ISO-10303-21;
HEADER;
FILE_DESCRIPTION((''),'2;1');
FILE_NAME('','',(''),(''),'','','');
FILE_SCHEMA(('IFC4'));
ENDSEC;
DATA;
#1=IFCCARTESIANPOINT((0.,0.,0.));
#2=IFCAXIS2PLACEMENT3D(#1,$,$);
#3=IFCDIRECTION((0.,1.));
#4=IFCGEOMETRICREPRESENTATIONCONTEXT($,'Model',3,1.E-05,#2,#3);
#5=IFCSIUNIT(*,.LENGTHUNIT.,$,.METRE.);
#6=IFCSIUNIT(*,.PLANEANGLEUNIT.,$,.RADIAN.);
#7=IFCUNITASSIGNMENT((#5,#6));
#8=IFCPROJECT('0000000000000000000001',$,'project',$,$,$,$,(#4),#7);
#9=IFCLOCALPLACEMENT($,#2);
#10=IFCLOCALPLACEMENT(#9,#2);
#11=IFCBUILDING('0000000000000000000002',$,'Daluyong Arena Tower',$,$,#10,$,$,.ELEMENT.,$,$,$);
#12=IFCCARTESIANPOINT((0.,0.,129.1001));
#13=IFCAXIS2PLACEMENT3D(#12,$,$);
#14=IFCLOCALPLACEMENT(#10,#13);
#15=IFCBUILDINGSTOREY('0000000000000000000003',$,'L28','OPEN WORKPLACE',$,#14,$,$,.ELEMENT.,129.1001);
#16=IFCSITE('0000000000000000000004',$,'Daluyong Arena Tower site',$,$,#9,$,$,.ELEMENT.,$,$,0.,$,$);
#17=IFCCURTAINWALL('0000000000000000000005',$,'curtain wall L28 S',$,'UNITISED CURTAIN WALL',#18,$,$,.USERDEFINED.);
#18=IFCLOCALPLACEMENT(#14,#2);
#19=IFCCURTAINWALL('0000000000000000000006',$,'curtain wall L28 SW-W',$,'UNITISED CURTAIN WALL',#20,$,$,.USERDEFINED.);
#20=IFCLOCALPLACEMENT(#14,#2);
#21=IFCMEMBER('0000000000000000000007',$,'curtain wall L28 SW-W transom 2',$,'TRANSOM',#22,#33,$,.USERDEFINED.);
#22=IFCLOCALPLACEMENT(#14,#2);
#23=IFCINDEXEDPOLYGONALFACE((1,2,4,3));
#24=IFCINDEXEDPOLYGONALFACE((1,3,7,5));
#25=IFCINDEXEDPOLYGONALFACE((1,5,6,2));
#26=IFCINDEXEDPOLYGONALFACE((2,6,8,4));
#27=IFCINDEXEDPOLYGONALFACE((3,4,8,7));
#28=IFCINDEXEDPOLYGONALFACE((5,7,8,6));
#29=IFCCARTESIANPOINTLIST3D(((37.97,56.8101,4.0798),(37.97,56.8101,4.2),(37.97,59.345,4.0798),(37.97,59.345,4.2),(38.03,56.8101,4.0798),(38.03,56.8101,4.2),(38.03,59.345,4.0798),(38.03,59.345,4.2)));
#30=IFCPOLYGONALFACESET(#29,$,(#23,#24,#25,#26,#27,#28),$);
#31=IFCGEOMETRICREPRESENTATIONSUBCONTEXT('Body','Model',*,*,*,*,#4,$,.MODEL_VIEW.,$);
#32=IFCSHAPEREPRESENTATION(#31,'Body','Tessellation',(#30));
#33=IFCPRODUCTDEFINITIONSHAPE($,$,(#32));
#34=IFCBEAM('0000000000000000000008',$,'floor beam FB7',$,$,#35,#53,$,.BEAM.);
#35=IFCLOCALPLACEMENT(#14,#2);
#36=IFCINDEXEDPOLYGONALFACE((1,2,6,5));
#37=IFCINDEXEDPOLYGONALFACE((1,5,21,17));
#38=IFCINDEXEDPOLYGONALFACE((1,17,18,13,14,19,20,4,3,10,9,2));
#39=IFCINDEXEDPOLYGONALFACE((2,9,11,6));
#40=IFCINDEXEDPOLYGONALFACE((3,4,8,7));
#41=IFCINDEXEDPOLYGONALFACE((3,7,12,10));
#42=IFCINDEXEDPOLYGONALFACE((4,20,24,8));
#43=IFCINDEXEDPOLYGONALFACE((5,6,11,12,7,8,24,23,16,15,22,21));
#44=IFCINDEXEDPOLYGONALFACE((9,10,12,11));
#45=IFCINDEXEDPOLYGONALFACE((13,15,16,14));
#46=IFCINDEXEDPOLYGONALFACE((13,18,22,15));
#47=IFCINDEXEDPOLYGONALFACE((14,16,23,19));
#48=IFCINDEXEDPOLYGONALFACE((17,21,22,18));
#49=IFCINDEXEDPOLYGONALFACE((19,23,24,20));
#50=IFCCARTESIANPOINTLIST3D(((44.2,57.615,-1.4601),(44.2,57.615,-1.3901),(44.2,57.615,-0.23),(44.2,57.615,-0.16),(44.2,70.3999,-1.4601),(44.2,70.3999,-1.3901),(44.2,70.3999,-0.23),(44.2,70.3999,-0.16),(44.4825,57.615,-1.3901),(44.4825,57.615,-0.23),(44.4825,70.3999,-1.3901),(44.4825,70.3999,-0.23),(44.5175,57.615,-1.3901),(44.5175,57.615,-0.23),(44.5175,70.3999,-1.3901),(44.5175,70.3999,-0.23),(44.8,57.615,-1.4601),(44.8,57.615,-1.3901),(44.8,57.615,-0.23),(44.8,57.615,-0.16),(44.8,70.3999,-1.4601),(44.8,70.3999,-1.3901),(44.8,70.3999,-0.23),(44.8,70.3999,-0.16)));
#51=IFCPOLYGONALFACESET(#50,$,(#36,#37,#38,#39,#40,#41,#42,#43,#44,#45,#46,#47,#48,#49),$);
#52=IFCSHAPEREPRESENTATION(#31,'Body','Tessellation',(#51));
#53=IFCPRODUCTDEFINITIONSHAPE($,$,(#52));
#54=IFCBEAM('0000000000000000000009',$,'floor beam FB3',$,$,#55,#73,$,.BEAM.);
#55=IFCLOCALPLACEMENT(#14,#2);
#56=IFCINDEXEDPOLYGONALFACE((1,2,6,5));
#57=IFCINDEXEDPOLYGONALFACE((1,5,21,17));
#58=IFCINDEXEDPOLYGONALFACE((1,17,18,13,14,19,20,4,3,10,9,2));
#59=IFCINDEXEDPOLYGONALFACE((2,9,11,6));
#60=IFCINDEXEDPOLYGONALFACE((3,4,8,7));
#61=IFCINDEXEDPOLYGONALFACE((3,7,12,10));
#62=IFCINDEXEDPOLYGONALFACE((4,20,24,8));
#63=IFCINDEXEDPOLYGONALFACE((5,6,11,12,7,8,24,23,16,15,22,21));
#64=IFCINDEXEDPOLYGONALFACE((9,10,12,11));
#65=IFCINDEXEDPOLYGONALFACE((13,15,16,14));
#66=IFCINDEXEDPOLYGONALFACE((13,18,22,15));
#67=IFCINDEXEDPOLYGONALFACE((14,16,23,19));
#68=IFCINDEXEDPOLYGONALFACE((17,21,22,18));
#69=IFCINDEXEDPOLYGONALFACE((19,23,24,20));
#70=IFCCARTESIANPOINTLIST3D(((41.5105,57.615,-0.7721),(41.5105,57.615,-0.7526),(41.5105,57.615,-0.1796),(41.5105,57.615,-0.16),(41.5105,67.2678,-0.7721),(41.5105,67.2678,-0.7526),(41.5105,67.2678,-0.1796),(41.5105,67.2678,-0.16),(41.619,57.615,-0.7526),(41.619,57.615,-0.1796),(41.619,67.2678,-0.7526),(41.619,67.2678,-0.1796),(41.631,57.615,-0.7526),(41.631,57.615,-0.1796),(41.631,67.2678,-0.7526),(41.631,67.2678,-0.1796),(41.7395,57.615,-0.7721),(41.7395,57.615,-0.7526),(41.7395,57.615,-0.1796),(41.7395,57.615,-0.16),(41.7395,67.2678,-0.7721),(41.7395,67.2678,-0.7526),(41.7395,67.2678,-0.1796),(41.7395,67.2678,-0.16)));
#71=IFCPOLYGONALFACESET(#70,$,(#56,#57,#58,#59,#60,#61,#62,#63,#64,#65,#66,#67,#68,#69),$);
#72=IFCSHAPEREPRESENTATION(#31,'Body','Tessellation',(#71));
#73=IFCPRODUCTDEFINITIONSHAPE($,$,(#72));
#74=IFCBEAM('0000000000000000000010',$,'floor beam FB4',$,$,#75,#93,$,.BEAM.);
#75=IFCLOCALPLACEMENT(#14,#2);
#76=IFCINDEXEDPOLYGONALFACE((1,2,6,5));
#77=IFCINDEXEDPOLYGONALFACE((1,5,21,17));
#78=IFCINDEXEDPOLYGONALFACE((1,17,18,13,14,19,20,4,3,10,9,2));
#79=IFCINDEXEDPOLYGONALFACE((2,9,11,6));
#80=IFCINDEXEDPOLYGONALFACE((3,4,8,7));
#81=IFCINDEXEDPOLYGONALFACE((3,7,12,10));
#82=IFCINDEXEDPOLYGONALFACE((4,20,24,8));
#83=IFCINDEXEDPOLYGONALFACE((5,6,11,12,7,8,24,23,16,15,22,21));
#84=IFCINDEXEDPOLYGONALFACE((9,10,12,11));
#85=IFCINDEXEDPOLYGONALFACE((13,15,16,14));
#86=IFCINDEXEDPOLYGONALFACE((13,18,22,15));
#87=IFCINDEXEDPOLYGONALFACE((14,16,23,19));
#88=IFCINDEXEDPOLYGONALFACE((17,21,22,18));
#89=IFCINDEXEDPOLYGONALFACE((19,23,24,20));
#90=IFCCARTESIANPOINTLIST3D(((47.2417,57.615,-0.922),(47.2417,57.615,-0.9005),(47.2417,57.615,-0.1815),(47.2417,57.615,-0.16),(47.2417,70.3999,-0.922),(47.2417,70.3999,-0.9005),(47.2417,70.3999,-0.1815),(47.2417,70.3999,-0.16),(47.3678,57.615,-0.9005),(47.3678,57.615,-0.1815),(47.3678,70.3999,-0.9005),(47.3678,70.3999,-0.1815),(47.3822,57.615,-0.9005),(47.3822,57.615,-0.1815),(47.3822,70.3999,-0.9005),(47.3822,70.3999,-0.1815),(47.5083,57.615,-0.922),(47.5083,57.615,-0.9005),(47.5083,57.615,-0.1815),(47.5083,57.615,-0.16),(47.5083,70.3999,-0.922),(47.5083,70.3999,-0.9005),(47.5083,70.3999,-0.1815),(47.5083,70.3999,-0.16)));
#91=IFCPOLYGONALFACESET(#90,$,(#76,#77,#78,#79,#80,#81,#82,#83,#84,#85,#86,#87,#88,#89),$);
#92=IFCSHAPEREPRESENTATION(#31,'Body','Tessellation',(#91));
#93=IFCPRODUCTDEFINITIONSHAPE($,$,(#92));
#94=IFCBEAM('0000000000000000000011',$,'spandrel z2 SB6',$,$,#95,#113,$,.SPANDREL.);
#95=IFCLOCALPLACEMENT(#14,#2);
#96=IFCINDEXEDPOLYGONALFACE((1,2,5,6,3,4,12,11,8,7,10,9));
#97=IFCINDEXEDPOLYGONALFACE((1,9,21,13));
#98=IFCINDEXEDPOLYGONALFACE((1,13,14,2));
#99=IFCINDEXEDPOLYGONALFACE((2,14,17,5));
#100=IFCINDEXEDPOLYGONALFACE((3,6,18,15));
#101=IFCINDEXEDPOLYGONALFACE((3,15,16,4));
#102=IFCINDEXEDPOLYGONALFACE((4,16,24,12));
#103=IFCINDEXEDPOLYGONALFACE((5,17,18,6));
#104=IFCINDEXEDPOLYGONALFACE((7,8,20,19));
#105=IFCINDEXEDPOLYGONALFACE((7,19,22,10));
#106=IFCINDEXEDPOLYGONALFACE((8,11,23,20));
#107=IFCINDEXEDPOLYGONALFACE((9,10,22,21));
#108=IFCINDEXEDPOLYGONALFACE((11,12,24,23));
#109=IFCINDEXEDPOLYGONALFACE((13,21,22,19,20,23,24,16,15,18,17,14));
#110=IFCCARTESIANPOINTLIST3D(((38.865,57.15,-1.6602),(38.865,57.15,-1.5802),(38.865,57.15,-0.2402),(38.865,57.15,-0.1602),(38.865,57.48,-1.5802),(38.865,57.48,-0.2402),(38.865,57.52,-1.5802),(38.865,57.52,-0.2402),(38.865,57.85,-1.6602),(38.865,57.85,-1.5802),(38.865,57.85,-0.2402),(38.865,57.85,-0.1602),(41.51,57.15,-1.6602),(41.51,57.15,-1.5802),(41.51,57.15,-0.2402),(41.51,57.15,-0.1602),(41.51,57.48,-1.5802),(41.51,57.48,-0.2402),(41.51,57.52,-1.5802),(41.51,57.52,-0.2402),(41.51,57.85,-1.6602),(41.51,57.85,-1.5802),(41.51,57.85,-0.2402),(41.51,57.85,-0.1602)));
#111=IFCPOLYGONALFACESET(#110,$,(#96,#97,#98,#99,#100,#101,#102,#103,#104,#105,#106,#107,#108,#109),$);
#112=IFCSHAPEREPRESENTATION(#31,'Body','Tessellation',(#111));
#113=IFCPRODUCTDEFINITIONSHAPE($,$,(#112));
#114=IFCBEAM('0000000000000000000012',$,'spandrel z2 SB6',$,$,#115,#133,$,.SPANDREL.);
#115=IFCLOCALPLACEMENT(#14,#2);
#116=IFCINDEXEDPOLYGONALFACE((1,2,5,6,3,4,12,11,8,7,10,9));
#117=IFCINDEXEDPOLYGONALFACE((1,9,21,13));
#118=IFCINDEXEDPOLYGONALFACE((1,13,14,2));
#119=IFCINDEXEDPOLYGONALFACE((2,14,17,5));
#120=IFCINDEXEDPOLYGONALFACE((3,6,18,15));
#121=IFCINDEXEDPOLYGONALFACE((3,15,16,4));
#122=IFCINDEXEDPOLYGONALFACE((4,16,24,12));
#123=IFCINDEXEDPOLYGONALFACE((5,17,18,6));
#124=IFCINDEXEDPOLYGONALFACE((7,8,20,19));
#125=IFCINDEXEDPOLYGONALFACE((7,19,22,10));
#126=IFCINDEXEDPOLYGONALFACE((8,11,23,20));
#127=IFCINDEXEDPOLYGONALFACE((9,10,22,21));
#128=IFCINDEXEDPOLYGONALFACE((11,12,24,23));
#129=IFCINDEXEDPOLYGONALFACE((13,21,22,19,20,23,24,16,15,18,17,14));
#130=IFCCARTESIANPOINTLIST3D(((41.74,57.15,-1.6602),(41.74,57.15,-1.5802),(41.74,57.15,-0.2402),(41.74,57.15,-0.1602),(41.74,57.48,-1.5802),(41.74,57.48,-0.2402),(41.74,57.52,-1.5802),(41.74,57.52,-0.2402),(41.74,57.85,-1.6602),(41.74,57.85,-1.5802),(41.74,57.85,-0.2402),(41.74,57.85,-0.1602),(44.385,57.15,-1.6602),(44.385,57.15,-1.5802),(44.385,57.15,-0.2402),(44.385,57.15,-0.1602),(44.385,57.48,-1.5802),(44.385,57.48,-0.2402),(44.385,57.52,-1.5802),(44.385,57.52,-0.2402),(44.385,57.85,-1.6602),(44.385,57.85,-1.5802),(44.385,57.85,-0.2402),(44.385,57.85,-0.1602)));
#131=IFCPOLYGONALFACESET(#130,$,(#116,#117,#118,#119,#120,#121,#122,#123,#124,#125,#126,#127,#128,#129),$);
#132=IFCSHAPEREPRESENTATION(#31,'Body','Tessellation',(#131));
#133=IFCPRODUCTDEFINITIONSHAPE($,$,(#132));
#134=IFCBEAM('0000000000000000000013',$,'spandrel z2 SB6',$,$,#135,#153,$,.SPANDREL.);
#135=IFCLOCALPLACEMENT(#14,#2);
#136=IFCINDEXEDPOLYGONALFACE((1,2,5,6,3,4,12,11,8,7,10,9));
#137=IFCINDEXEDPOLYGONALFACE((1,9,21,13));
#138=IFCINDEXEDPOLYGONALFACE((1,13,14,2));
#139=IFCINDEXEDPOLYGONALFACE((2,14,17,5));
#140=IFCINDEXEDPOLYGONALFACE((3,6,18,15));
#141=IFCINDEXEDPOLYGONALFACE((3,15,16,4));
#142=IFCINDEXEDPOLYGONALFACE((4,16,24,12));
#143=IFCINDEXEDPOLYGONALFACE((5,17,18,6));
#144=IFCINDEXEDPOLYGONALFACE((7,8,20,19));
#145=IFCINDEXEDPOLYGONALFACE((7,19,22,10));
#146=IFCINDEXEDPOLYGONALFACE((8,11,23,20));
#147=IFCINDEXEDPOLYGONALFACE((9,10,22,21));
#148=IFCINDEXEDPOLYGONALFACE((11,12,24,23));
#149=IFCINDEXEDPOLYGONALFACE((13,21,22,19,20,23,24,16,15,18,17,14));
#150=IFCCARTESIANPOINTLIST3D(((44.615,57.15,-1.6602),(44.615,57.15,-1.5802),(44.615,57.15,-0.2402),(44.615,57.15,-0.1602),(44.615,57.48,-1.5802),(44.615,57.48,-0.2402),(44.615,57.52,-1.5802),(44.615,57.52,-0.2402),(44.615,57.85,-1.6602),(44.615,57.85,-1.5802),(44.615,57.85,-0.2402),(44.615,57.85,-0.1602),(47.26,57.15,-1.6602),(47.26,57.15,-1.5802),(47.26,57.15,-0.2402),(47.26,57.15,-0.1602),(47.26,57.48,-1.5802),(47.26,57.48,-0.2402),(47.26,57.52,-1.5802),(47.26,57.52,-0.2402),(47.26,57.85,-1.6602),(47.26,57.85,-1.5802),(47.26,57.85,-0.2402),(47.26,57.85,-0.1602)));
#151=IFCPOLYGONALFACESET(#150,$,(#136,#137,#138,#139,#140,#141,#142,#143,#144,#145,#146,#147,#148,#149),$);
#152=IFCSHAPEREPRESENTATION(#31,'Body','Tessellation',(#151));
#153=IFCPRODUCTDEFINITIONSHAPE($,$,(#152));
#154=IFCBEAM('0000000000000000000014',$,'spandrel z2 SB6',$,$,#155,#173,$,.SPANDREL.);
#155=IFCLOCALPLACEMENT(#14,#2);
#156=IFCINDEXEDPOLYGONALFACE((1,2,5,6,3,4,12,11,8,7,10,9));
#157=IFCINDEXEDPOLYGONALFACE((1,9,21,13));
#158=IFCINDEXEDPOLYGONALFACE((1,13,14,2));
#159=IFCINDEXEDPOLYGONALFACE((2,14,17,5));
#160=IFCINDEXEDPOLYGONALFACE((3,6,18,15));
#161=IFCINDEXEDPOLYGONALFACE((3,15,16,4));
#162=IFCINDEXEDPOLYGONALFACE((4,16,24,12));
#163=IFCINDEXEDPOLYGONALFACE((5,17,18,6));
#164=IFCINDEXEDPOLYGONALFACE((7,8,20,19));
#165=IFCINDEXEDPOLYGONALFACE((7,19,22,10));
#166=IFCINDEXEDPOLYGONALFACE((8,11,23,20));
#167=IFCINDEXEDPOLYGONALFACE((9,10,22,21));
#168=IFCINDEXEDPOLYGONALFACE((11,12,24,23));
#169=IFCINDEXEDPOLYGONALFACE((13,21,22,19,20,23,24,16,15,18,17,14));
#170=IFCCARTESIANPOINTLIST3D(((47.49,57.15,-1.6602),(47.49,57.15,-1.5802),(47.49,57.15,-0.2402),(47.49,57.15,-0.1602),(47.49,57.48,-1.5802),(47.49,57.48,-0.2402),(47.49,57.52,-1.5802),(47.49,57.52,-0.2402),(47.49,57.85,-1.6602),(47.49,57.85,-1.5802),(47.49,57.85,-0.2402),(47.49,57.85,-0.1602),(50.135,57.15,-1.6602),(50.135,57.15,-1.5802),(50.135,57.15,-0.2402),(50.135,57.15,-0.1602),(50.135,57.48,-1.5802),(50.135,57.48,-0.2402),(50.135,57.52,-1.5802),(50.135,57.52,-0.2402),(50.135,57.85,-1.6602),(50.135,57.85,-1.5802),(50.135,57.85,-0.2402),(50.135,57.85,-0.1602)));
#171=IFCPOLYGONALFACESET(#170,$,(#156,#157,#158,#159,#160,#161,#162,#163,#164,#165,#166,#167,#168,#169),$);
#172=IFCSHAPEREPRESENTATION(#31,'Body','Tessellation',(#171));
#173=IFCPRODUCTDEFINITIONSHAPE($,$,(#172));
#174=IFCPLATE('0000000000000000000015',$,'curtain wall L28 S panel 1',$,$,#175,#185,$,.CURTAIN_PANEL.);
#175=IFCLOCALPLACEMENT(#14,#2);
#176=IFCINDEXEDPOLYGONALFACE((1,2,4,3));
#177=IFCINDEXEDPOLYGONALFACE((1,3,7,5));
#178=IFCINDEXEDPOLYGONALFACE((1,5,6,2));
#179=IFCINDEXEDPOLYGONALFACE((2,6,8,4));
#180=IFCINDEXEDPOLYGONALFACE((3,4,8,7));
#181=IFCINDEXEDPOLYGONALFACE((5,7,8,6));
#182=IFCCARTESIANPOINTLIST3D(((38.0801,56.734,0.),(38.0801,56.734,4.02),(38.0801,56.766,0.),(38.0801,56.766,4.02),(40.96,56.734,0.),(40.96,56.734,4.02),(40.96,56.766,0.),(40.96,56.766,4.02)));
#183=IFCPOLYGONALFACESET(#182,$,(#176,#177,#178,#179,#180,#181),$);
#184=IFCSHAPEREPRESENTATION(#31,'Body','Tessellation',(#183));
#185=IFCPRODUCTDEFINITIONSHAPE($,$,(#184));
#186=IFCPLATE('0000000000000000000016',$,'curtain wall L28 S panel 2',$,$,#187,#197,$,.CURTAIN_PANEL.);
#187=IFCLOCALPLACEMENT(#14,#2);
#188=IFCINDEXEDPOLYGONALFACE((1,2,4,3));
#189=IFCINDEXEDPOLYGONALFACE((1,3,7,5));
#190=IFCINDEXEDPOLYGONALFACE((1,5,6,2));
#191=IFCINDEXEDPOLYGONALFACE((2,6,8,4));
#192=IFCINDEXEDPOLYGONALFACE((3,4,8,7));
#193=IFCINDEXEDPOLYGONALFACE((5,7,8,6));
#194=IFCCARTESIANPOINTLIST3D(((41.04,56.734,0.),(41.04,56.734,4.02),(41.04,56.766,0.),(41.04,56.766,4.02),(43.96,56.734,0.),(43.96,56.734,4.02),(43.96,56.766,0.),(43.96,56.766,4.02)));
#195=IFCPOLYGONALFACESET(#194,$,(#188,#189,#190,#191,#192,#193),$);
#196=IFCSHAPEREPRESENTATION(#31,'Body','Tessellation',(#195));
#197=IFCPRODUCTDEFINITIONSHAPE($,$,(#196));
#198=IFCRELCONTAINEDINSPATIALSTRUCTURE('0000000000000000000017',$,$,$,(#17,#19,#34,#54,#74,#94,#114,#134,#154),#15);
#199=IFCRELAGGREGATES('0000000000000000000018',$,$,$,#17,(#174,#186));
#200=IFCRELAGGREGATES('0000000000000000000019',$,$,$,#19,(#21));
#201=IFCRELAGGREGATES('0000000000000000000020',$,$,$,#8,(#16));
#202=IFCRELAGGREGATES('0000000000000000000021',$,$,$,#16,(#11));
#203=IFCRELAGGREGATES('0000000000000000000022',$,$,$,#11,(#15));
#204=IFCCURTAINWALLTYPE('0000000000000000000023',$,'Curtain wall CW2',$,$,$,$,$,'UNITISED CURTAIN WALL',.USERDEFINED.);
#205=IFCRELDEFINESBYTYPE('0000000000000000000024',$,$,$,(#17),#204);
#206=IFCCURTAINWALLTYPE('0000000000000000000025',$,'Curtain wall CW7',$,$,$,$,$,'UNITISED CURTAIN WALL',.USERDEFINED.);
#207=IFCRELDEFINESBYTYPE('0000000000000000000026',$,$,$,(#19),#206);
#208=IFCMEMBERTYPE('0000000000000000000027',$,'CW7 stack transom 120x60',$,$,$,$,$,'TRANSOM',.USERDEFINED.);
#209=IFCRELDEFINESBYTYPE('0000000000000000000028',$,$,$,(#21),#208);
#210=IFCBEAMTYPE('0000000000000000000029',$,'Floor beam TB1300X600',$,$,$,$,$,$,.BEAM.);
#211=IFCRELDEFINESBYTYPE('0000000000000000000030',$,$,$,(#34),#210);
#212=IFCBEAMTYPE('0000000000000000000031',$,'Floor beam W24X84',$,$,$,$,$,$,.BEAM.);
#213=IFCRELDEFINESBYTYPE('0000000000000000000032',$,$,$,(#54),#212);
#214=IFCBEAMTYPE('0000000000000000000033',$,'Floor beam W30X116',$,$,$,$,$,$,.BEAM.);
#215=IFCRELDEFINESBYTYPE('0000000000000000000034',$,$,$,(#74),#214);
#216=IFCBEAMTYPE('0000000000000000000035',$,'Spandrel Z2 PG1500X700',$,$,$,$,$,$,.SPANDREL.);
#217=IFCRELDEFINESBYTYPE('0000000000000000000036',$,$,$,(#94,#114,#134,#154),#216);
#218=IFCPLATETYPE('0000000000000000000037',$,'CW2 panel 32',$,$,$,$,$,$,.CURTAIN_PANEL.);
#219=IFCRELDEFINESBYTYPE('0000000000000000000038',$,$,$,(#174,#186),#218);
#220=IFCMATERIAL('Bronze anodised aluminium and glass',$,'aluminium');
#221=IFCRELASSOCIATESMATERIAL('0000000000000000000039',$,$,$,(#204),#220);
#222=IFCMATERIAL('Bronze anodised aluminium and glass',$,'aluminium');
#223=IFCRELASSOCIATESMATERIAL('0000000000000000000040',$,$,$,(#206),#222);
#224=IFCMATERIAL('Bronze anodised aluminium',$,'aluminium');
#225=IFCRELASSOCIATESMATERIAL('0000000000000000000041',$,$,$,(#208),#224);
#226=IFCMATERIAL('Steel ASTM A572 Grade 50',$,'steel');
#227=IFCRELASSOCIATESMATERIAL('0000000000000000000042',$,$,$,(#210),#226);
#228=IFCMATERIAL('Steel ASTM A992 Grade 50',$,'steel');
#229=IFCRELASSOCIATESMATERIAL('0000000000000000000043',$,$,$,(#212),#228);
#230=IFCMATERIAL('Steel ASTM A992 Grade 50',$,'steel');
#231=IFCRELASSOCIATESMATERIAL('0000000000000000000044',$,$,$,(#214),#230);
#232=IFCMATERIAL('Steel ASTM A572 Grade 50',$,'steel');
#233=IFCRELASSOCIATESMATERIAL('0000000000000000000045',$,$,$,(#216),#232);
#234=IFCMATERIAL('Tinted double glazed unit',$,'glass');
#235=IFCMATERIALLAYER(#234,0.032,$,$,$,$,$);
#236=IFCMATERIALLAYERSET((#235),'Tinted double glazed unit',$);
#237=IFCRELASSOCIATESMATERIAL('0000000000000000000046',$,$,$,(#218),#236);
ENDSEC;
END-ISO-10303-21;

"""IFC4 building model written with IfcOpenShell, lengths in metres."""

from ifc_helpers import new_model, si_unit, direction, frame, origin, origin_2d, place, context, subcontext, project, spatial, rectangle, i_section, extrude, material, layer, layer_set, material_profile, profile_set, type_object, element, aggregate, save


model = new_model("IFC4")

# Units and contexts
model_context = context("Model", 3, precision=1e-05, world=origin(), true_north=direction((0.0, 1.0)))
body_context = subcontext(model_context, "Body", "Model", "MODEL_VIEW")
ifc_project = project(units=[si_unit("LENGTHUNIT", "METRE"), si_unit("PLANEANGLEUNIT", "RADIAN")], contexts=[model_context])

# Site, building, storey
site_placement = place(None, origin())
site = spatial("IfcSite", under=ifc_project, at=site_placement, Name="Daluyong Arena Tower site", CompositionType="ELEMENT", RefElevation=0.0)
building_placement = place(site_placement, origin())
building = spatial("IfcBuilding", under=site, at=building_placement, Name="Daluyong Arena Tower", CompositionType="ELEMENT")
storey_placement = place(building_placement, frame((0.0, 0.0, 129.1001)))
storey = spatial("IfcBuildingStorey", under=building, at=storey_placement, Name="L28", Description="OPEN WORKPLACE", CompositionType="ELEMENT", Elevation=129.1001)

# Curtain walls, member
ifc_material_1 = material(Name="Bronze anodised aluminium and glass", Category="aluminium")
curtain_wall_type_1 = type_object("IfcCurtainWallType", Name="Curtain wall CW2", ElementType="UNITISED CURTAIN WALL", PredefinedType="USERDEFINED", material=ifc_material_1)
curtain_wall_1_placement = place(storey_placement, origin())
curtain_wall_1 = element("IfcCurtainWall", 1, at=curtain_wall_1_placement, inside=storey, type_object=curtain_wall_type_1, Name="curtain wall L28 S", ObjectType="UNITISED CURTAIN WALL", PredefinedType="USERDEFINED")
ifc_material_2 = material(Name="Bronze anodised aluminium and glass", Category="aluminium")
curtain_wall_type_2 = type_object("IfcCurtainWallType", Name="Curtain wall CW7", ElementType="UNITISED CURTAIN WALL", PredefinedType="USERDEFINED", material=ifc_material_2)
curtain_wall_2_placement = place(storey_placement, origin())
curtain_wall_2 = element("IfcCurtainWall", 2, at=curtain_wall_2_placement, inside=storey, type_object=curtain_wall_type_2, Name="curtain wall L28 SW-W", ObjectType="UNITISED CURTAIN WALL", PredefinedType="USERDEFINED")
ifc_material_3 = material(Name="Bronze anodised aluminium", Category="aluminium")
ifc_material_profile_1 = material_profile(ifc_material_3, rectangle(XDim=0.0601, YDim=0.1201, at=origin_2d()))
ifc_profile_set_1 = profile_set([ifc_material_profile_1], Name="Bronze anodised aluminium")
member_type_1 = type_object("IfcMemberType", Name="CW7 stack transom 120x60", ElementType="TRANSOM", PredefinedType="USERDEFINED", material=ifc_profile_set_1)
member_1_placement = place(storey_placement, frame((38.0, 59.345, 4.1399), z_axis=(0.0, -1.0, 0.0), x_axis=(1.0, 0.0, 0.0)))
member_1 = element("IfcMember", 3, at=member_1_placement, type_object=member_type_1, Name="curtain wall L28 SW-W transom 2", ObjectType="TRANSOM", PredefinedType="USERDEFINED", context=body_context, shape_type="SweptSolid", body=[
    extrude(rectangle(XDim=0.0601, YDim=0.1201, at=origin_2d()), origin(), (0.0, 0.0, 1.0), 2.5349),
])

# Beams
ifc_material_4 = material(Name="Steel ASTM A572 Grade 50", Category="steel")
ifc_material_profile_2 = material_profile(ifc_material_4, i_section(OverallWidth=0.6001, OverallDepth=1.3, WebThickness=0.035, FlangeThickness=0.07, at=origin_2d()))
ifc_profile_set_2 = profile_set([ifc_material_profile_2], Name="Steel ASTM A572 Grade 50")
beam_type_1 = type_object("IfcBeamType", Name="Floor beam TB1300X600", PredefinedType="BEAM", material=ifc_profile_set_2)
beam_1_placement = place(storey_placement, frame((44.5, 57.615, -0.8101), z_axis=(0.0, 1.0, 0.0), x_axis=(-1.0, 0.0, 0.0)))
element("IfcBeam", 4, at=beam_1_placement, inside=storey, type_object=beam_type_1, Name="floor beam FB7", PredefinedType="BEAM", context=body_context, shape_type="SweptSolid", body=[
    extrude(i_section(OverallWidth=0.6001, OverallDepth=1.3, WebThickness=0.035, FlangeThickness=0.07, at=origin_2d()), origin(), (0.0, 0.0, 1.0), 12.7849),
])
ifc_material_5 = material(Name="Steel ASTM A992 Grade 50", Category="steel")
ifc_material_profile_3 = material_profile(ifc_material_5, i_section(OverallWidth=0.229, OverallDepth=0.6121, WebThickness=0.012, FlangeThickness=0.0195, at=origin_2d()))
ifc_profile_set_3 = profile_set([ifc_material_profile_3], Name="Steel ASTM A992 Grade 50")
beam_type_2 = type_object("IfcBeamType", Name="Floor beam W24X84", PredefinedType="BEAM", material=ifc_profile_set_3)
beam_2_placement = place(storey_placement, frame((41.625, 57.615, -0.4661), z_axis=(0.0, 1.0, 0.0), x_axis=(-1.0, 0.0, 0.0)))
element("IfcBeam", 5, at=beam_2_placement, inside=storey, type_object=beam_type_2, Name="floor beam FB3", PredefinedType="BEAM", context=body_context, shape_type="SweptSolid", body=[
    extrude(i_section(OverallWidth=0.229, OverallDepth=0.6121, WebThickness=0.012, FlangeThickness=0.0195, at=origin_2d()), origin(), (0.0, 0.0, 1.0), 9.6528),
])
ifc_material_6 = material(Name="Steel ASTM A992 Grade 50", Category="steel")
ifc_material_profile_4 = material_profile(ifc_material_6, i_section(OverallWidth=0.2666, OverallDepth=0.762, WebThickness=0.0144, FlangeThickness=0.0215, at=origin_2d()))
ifc_profile_set_4 = profile_set([ifc_material_profile_4], Name="Steel ASTM A992 Grade 50")
beam_type_3 = type_object("IfcBeamType", Name="Floor beam W30X116", PredefinedType="BEAM", material=ifc_profile_set_4)
beam_3_placement = place(storey_placement, frame((47.375, 57.615, -0.541), z_axis=(0.0, 1.0, 0.0), x_axis=(-1.0, 0.0, 0.0)))
element("IfcBeam", 6, at=beam_3_placement, inside=storey, type_object=beam_type_3, Name="floor beam FB4", PredefinedType="BEAM", context=body_context, shape_type="SweptSolid", body=[
    extrude(i_section(OverallWidth=0.2666, OverallDepth=0.762, WebThickness=0.0144, FlangeThickness=0.0215, at=origin_2d()), origin(), (0.0, 0.0, 1.0), 12.7849),
])
ifc_material_7 = material(Name="Steel ASTM A572 Grade 50", Category="steel")
ifc_material_profile_5 = material_profile(ifc_material_7, i_section(OverallWidth=0.7, OverallDepth=1.5, WebThickness=0.04, FlangeThickness=0.08, at=origin_2d()))
ifc_profile_set_5 = profile_set([ifc_material_profile_5], Name="Steel ASTM A572 Grade 50")
beam_type_4 = type_object("IfcBeamType", Name="Spandrel Z2 PG1500X700", PredefinedType="SPANDREL", material=ifc_profile_set_5)
for number, where, z_axis, x_axis, name in (
    (7, (38.865, 57.5, -0.9102), (1.0, 0.0, 0.0), (0.0, 1.0, 0.0), "spandrel z2 SB6"),
    (8, (41.74, 57.5, -0.9102), (1.0, 0.0, 0.0), (0.0, 1.0, 0.0), "spandrel z2 SB6"),
    (9, (44.615, 57.5, -0.9102), (1.0, 0.0, 0.0), (0.0, 1.0, 0.0), "spandrel z2 SB6"),
    (10, (47.49, 57.5, -0.9102), (1.0, 0.0, 0.0), (0.0, 1.0, 0.0), "spandrel z2 SB6"),
):
    element("IfcBeam", number, at=place(storey_placement, frame(where, z_axis=z_axis, x_axis=x_axis)), inside=storey, type_object=beam_type_4, Name=name, PredefinedType="SPANDREL", context=body_context, shape_type="SweptSolid", body=[
        extrude(i_section(OverallWidth=0.7, OverallDepth=1.5, WebThickness=0.04, FlangeThickness=0.08, at=origin_2d()), origin(), (0.0, 0.0, 1.0), 2.645),
    ])

# Plates
ifc_material_8 = material(Name="Tinted double glazed unit", Category="glass")
ifc_layer_1 = layer(ifc_material_8, 0.032)
ifc_layer_set_1 = layer_set([ifc_layer_1], Name="Tinted double glazed unit")
plate_type_1 = type_object("IfcPlateType", Name="CW2 panel 32", PredefinedType="CURTAIN_PANEL", material=ifc_layer_set_1)
plate_1_placement = place(storey_placement, frame((39.52, 56.75, 0.0), z_axis=(0.0, 0.0, 1.0), x_axis=(1.0, 0.0, 0.0)))
plate_1 = element("IfcPlate", 11, at=plate_1_placement, type_object=plate_type_1, Name="curtain wall L28 S panel 1", PredefinedType="CURTAIN_PANEL", context=body_context, shape_type="SweptSolid", body=[
    extrude(rectangle(XDim=2.8799, YDim=0.032, at=origin_2d()), origin(), (0.0, 0.0, 1.0), 4.02),
])
plate_2_placement = place(storey_placement, frame((42.5, 56.75, 0.0), z_axis=(0.0, 0.0, 1.0), x_axis=(1.0, 0.0, 0.0)))
plate_2 = element("IfcPlate", 12, at=plate_2_placement, type_object=plate_type_1, Name="curtain wall L28 S panel 2", PredefinedType="CURTAIN_PANEL", context=body_context, shape_type="SweptSolid", body=[
    extrude(rectangle(XDim=2.9199, YDim=0.032, at=origin_2d()), origin(), (0.0, 0.0, 1.0), 4.02),
])
aggregate(curtain_wall_1, [plate_1, plate_2])
aggregate(curtain_wall_2, [member_1])

save(model, "model.ifc")
